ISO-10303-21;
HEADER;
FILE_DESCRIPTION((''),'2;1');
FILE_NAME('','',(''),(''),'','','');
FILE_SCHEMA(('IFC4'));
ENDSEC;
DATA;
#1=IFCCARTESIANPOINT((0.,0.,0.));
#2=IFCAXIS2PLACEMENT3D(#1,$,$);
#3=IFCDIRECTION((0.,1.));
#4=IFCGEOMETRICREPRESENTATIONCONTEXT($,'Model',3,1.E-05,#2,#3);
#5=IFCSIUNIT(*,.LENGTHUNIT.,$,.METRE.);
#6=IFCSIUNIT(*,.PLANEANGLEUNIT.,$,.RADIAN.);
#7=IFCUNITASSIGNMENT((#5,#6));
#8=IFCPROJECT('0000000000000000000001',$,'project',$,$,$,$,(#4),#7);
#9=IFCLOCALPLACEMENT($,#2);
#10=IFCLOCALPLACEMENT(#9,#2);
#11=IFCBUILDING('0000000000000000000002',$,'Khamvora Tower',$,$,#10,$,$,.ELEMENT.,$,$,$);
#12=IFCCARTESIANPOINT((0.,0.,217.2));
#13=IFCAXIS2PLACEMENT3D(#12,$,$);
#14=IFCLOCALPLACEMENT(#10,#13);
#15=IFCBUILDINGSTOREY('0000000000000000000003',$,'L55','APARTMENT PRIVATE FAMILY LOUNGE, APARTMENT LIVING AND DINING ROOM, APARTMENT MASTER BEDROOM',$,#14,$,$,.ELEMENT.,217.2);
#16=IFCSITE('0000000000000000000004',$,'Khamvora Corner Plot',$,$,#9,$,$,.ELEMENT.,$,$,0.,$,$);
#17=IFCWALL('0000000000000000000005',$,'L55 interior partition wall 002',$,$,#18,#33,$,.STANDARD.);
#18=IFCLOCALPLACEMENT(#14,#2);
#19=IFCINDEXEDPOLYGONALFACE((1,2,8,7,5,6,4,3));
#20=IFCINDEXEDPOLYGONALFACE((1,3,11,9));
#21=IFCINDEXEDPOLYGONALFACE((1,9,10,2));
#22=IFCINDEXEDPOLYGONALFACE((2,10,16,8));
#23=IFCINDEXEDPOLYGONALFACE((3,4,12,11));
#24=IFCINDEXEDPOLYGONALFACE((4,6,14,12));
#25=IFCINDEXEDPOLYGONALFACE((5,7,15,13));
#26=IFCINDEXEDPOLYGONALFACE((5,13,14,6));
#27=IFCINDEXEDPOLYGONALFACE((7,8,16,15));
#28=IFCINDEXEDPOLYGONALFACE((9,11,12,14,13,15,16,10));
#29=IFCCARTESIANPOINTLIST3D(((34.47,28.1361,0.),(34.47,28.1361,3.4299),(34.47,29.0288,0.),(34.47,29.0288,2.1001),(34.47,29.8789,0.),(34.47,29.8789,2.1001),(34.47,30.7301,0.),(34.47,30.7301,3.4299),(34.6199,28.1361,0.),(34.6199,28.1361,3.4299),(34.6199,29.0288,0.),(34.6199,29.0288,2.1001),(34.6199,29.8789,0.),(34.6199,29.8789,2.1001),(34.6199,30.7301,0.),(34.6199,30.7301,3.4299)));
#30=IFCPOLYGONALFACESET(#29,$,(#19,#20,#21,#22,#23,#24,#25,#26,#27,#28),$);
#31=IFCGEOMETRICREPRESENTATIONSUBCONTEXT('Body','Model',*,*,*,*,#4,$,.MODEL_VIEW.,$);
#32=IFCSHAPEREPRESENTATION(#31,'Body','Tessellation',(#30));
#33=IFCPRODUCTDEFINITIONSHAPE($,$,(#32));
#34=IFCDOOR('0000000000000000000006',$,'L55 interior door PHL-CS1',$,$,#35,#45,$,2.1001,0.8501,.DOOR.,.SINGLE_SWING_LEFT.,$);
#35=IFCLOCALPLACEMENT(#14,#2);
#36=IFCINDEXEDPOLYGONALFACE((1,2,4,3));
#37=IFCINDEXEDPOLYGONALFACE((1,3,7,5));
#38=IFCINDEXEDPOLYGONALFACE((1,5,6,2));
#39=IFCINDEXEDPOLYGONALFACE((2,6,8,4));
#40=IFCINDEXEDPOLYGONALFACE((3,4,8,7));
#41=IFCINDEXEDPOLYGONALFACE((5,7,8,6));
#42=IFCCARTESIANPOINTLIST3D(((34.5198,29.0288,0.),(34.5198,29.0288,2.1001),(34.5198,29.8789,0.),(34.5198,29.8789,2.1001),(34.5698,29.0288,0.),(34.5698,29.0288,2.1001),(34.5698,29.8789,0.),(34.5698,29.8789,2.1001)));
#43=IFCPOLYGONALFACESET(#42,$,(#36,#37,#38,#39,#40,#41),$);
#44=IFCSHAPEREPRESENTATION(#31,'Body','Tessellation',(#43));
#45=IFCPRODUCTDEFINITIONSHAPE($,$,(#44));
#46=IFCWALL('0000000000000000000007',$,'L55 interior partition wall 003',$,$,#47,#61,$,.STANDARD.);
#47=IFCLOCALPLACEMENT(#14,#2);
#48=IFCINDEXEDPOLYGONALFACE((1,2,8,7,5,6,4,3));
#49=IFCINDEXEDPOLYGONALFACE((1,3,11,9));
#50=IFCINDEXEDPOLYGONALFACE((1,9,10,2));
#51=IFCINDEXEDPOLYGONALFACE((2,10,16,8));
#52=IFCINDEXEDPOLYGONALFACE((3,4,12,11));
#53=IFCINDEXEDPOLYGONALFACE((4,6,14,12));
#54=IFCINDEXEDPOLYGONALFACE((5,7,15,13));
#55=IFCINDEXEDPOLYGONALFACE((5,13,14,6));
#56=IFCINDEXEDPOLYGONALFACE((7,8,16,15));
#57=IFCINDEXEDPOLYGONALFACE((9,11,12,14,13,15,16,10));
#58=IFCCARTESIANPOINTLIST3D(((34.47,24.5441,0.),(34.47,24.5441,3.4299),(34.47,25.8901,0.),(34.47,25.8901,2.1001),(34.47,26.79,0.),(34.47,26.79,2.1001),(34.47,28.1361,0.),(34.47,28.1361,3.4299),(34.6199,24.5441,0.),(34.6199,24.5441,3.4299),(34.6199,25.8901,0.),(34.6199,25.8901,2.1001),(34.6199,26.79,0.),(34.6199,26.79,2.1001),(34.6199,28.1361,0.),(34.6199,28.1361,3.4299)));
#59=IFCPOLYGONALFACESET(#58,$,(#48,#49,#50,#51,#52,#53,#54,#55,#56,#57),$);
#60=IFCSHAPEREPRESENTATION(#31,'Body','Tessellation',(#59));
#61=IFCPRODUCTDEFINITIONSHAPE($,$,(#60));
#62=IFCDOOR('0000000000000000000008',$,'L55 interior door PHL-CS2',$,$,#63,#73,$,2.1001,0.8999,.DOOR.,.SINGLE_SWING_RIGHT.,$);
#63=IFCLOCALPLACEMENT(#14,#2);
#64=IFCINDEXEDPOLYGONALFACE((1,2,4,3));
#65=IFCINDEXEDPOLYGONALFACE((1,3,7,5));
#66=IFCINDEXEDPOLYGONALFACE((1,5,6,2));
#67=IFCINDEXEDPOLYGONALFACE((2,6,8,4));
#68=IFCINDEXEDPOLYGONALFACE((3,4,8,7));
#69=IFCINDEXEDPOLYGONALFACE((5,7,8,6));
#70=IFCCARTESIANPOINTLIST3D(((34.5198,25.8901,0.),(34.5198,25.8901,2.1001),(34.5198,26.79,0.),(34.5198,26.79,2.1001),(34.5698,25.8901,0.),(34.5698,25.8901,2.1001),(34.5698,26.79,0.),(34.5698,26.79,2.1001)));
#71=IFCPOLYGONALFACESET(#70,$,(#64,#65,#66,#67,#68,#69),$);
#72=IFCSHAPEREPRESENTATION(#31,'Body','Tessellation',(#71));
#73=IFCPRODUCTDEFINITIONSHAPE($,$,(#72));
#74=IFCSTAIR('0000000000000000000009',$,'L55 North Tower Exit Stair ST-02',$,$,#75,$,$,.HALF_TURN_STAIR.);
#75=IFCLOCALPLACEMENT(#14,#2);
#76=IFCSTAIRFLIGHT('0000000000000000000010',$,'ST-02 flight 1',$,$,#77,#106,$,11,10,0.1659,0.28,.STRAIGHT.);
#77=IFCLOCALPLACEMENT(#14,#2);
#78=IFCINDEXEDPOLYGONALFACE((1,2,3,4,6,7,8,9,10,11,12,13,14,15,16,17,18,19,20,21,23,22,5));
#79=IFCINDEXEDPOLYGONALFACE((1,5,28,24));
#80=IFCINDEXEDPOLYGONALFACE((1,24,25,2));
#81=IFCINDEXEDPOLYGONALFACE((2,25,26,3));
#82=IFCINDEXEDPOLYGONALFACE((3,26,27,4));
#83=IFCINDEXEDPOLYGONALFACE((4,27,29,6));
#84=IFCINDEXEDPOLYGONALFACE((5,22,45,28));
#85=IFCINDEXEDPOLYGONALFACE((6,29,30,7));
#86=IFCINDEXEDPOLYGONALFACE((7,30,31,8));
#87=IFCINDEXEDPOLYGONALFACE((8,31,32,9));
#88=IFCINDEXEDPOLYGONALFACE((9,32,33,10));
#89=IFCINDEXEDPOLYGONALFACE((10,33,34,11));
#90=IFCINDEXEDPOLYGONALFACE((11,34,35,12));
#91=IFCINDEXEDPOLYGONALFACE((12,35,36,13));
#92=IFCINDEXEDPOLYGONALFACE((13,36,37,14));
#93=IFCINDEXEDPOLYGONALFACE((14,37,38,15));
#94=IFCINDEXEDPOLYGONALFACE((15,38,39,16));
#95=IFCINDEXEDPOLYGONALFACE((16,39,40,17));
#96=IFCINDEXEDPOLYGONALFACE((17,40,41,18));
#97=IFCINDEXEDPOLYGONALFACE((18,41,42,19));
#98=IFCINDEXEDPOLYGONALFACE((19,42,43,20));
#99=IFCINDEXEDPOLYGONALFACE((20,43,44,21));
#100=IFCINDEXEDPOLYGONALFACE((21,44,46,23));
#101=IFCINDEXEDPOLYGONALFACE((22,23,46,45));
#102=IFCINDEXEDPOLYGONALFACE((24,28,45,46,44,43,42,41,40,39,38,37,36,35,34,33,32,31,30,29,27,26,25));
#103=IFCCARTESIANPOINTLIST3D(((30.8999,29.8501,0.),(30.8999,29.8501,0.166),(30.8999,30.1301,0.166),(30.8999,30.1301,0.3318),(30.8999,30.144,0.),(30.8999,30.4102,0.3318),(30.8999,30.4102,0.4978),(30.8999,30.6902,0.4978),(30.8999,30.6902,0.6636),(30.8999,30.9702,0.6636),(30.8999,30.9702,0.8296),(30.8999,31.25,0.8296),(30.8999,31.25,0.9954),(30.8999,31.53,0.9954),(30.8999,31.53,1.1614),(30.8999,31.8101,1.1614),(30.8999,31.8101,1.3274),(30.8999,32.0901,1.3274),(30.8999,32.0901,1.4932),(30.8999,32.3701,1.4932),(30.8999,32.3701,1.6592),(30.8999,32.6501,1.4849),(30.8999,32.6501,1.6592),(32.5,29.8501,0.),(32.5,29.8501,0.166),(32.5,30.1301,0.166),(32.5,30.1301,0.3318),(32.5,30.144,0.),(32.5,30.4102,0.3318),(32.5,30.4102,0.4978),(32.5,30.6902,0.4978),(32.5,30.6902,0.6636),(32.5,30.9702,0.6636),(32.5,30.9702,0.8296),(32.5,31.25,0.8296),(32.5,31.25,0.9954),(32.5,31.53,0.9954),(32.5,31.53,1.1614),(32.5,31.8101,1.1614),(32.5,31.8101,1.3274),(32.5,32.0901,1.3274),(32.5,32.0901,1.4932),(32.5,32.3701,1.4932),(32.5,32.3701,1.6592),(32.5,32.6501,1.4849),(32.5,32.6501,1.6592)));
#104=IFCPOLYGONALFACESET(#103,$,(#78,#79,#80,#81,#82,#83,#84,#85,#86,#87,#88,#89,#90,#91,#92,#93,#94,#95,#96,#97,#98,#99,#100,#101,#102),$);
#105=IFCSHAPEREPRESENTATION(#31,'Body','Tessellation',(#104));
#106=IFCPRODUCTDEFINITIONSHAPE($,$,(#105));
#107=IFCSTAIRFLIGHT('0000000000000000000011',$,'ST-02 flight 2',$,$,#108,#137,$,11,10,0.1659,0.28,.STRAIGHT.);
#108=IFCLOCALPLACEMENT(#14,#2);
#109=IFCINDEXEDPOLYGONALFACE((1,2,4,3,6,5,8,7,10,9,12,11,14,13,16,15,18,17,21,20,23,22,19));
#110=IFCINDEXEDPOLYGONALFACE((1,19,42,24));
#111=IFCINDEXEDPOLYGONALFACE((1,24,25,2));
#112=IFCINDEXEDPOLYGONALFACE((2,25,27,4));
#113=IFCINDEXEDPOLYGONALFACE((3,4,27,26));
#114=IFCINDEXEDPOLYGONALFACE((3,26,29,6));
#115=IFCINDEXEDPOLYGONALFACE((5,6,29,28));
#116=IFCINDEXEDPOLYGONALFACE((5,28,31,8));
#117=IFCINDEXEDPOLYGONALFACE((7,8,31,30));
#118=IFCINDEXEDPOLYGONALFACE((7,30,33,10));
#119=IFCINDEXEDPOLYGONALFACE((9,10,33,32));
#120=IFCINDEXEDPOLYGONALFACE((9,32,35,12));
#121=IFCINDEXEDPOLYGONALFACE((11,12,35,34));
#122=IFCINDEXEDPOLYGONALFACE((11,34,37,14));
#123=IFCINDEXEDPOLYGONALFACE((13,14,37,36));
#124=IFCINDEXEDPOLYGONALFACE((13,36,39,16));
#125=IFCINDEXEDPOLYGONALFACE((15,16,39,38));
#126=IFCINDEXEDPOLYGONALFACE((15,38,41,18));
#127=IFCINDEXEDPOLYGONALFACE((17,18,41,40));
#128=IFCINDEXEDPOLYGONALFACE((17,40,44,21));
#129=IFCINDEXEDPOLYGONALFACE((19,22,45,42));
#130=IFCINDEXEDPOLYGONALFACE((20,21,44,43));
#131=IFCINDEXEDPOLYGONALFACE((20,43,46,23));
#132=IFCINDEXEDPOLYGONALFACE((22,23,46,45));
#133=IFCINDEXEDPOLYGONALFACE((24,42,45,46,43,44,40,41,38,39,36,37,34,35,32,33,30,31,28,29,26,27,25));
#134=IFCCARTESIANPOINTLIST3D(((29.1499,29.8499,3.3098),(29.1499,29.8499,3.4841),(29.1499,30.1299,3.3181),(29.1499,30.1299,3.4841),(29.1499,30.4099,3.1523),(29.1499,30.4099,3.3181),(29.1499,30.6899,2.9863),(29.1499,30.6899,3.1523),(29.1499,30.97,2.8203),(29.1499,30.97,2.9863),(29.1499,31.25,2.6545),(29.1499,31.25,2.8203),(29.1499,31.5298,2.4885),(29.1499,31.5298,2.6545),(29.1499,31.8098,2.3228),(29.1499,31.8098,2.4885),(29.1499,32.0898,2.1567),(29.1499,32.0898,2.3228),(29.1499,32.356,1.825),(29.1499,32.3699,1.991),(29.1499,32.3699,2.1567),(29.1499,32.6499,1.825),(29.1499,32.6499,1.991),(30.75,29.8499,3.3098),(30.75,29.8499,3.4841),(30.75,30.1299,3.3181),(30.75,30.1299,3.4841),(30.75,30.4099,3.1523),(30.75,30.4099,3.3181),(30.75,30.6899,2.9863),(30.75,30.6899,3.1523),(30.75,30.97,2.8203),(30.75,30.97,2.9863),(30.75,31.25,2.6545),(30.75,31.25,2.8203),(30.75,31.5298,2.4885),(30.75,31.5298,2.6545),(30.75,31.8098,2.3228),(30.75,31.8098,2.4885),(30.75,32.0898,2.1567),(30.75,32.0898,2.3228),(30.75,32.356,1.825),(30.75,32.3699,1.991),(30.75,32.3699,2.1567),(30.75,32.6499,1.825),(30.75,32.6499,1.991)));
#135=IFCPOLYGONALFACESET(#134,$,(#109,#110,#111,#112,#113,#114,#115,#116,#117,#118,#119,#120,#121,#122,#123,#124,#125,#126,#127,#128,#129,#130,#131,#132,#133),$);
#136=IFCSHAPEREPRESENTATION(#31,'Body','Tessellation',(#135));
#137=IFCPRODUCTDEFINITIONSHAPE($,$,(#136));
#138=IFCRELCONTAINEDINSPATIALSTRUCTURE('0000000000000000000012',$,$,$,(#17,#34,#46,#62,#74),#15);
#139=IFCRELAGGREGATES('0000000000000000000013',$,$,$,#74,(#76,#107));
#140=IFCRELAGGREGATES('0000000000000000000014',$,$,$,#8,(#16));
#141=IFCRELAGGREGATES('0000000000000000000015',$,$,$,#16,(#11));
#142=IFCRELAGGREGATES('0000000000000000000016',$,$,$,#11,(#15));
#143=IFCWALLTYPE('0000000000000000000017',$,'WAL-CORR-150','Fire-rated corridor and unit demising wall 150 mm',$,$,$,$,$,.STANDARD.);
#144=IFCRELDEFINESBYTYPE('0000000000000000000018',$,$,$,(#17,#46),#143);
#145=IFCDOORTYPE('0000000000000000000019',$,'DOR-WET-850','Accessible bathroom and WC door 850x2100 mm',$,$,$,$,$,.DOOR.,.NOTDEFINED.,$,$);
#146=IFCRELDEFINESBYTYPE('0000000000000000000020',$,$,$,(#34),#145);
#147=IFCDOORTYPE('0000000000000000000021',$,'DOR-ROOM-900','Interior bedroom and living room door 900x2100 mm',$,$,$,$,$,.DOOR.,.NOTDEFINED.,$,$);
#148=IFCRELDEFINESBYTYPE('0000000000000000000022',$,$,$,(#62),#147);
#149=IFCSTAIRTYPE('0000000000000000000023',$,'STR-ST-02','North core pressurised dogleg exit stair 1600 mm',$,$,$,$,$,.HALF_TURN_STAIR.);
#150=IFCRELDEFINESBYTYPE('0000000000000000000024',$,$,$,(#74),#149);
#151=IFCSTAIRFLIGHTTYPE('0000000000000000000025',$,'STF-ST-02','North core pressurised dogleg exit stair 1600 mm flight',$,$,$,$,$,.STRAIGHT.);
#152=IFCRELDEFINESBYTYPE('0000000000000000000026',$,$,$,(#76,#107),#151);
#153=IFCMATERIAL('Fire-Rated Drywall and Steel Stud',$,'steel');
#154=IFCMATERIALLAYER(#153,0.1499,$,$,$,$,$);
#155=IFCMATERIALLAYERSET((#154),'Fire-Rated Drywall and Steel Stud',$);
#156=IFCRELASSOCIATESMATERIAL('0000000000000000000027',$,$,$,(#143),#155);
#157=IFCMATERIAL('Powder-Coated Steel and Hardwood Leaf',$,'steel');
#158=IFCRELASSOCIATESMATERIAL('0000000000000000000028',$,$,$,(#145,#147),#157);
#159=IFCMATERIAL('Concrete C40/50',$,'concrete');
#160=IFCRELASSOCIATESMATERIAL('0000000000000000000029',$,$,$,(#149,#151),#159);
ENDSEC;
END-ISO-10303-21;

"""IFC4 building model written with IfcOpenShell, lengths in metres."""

from ifc_helpers import new_model, si_unit, direction, frame, frame_2d, origin, place, context, subcontext, project, spatial, polyline, rectangle, outline, extrude, material, layer, layer_set, type_object, element, fill, aggregate, save


model = new_model("IFC4")

# Units and contexts
model_context = context("Model", 3, precision=1e-05, world=origin(), true_north=direction((0.0, 1.0)))
body_context = subcontext(model_context, "Body", "Model", "MODEL_VIEW")
ifc_project = project(units=[si_unit("LENGTHUNIT", "METRE"), si_unit("PLANEANGLEUNIT", "RADIAN")], contexts=[model_context])

# Site, building, storey
site_placement = place(None, origin())
site = spatial("IfcSite", under=ifc_project, at=site_placement, Name="Khamvora Corner Plot", CompositionType="ELEMENT", RefElevation=0.0)
building_placement = place(site_placement, origin())
building = spatial("IfcBuilding", under=site, at=building_placement, Name="Khamvora Tower", CompositionType="ELEMENT")
storey_placement = place(building_placement, frame((0.0, 0.0, 217.2)))
storey = spatial("IfcBuildingStorey", under=building, at=storey_placement, Name="L55", Description="APARTMENT PRIVATE FAMILY LOUNGE, APARTMENT LIVING AND DINING ROOM, APARTMENT MASTER BEDROOM", CompositionType="ELEMENT", Elevation=217.2)

# Shared definitions
ifc_material_1 = material(Name="Powder-Coated Steel and Hardwood Leaf", Category="steel")

# Shared definitions
ifc_material_2 = material(Name="Fire-Rated Drywall and Steel Stud", Category="steel")
ifc_layer_1 = layer(ifc_material_2, 0.1499)
ifc_layer_set_1 = layer_set([ifc_layer_1], Name="Fire-Rated Drywall and Steel Stud")
wall_type_1 = type_object("IfcWallType", Name="WAL-CORR-150", Description="Fire-rated corridor and unit demising wall 150 mm", PredefinedType="STANDARD", material=ifc_layer_set_1)

# Walls, openings, doors
wall_1_placement = place(storey_placement, frame((34.5449, 30.73, 0.0), z_axis=(0.0, 0.0, 1.0), x_axis=(0.0, -1.0, 0.0)))
wall_1 = element("IfcWall", 1, at=wall_1_placement, inside=storey, type_object=wall_type_1, Name="L55 interior partition wall 002", PredefinedType="STANDARD", context=body_context, shape_type="SweptSolid", body=[
    extrude(rectangle(XDim=2.594, YDim=0.1499, at=frame_2d((1.2969, 0.0))), origin(), (0.0, 0.0, 1.0), 3.4299),
])
opening_1_placement = place(wall_1_placement, frame((0.8511, 0.0, 0.0)))
opening_1 = element("IfcOpeningElement", 2, at=opening_1_placement, cuts=wall_1, PredefinedType="OPENING", context=body_context, shape_type="SweptSolid", body=[
    extrude(rectangle(XDim=0.8501, YDim=2.1001, at=frame_2d((0.425, 1.05))), frame((0.0, 0.085, 0.0), z_axis=(0.0, -1.0, 0.0), x_axis=(1.0, 0.0, 0.0)), (0.0, 0.0, 1.0), 0.1699),
])
door_type_1 = type_object("IfcDoorType", Name="DOR-WET-850", Description="Accessible bathroom and WC door 850x2100 mm", OperationType="NOTDEFINED", PredefinedType="DOOR", material=ifc_material_1)
door_1_placement = place(opening_1_placement, origin())
door_1 = element("IfcDoor", 3, at=door_1_placement, inside=storey, type_object=door_type_1, Name="L55 interior door PHL-CS1", OperationType="SINGLE_SWING_LEFT", OverallHeight=2.1001, OverallWidth=0.8501, PredefinedType="DOOR", context=body_context, shape_type="SweptSolid", body=[
    extrude(rectangle(XDim=0.8501, YDim=2.1001, at=frame_2d((0.425, 1.05))), frame((0.0, 0.0249, 0.0), z_axis=(0.0, -1.0, 0.0), x_axis=(1.0, 0.0, 0.0)), (0.0, 0.0, 1.0), 0.05),
])
fill(opening_1, door_1)
wall_2_placement = place(storey_placement, frame((34.5449, 28.136, 0.0), z_axis=(0.0, 0.0, 1.0), x_axis=(0.0, -1.0, 0.0)))
wall_2 = element("IfcWall", 4, at=wall_2_placement, inside=storey, type_object=wall_type_1, Name="L55 interior partition wall 003", PredefinedType="STANDARD", context=body_context, shape_type="SweptSolid", body=[
    extrude(rectangle(XDim=3.592, YDim=0.1499, at=frame_2d((1.7959, 0.0))), origin(), (0.0, 0.0, 1.0), 3.4299),
])
opening_2_placement = place(wall_2_placement, frame((1.3459, 0.0, 0.0)))
opening_2 = element("IfcOpeningElement", 5, at=opening_2_placement, cuts=wall_2, PredefinedType="OPENING", context=body_context, shape_type="SweptSolid", body=[
    extrude(rectangle(XDim=0.8999, YDim=2.1001, at=frame_2d((0.45, 1.05))), frame((0.0, 0.085, 0.0), z_axis=(0.0, -1.0, 0.0), x_axis=(1.0, 0.0, 0.0)), (0.0, 0.0, 1.0), 0.1699),
])
door_type_2 = type_object("IfcDoorType", Name="DOR-ROOM-900", Description="Interior bedroom and living room door 900x2100 mm", OperationType="NOTDEFINED", PredefinedType="DOOR", material=ifc_material_1)
door_2_placement = place(opening_2_placement, origin())
door_2 = element("IfcDoor", 6, at=door_2_placement, inside=storey, type_object=door_type_2, Name="L55 interior door PHL-CS2", OperationType="SINGLE_SWING_RIGHT", OverallHeight=2.1001, OverallWidth=0.8999, PredefinedType="DOOR", context=body_context, shape_type="SweptSolid", body=[
    extrude(rectangle(XDim=0.8999, YDim=2.1001, at=frame_2d((0.45, 1.05))), frame((0.0, 0.0249, 0.0), z_axis=(0.0, -1.0, 0.0), x_axis=(1.0, 0.0, 0.0)), (0.0, 0.0, 1.0), 0.05),
])
fill(opening_2, door_2)

# Stair, stair flights
ifc_material_3 = material(Name="Concrete C40/50", Category="concrete")
stair_type = type_object("IfcStairType", Name="STR-ST-02", Description="North core pressurised dogleg exit stair 1600 mm", PredefinedType="HALF_TURN_STAIR", material=ifc_material_3)
stair_placement = place(storey_placement, origin())
stair = element("IfcStair", 7, at=stair_placement, inside=storey, type_object=stair_type, Name="L55 North Tower Exit Stair ST-02", PredefinedType="HALF_TURN_STAIR")
stair_flight_type = type_object("IfcStairFlightType", Name="STF-ST-02", Description="North core pressurised dogleg exit stair 1600 mm flight", PredefinedType="STRAIGHT", material=ifc_material_3)
stair_flight_1_placement = place(storey_placement, frame((31.7, 29.8501, 0.0), z_axis=(0.0, 0.0, 1.0), x_axis=(0.0, 1.0, 0.0)))
stair_flight_1 = element("IfcStairFlight", 8, at=stair_flight_1_placement, type_object=stair_flight_type, Name="ST-02 flight 1", NumberOfRisers=11, NumberOfTreads=10, PredefinedType="STRAIGHT", RiserHeight=0.1659, TreadLength=0.28, context=body_context, shape_type="SweptSolid", body=[
    extrude(outline(polyline([(0.0, 0.0), (0.0, 0.166), (0.28, 0.166), (0.28, 0.3318), (0.5601, 0.3318), (0.5601, 0.4978), (0.8401, 0.4978), (0.8401, 0.6636), (1.1201, 0.6636), (1.1201, 0.8296), (1.3999, 0.8296), (1.3999, 0.9954), (1.6799, 0.9954), (1.6799, 1.1614), (1.96, 1.1614), (1.96, 1.3274), (2.24, 1.3274), (2.24, 1.4932), (2.52, 1.4932), (2.52, 1.6592), (2.8, 1.6592), (2.8, 1.825), (2.8, 1.4849), (0.2939, 0.0), (0.0, 0.0)])), frame((0.0, 0.8, 0.0), z_axis=(0.0, -1.0, 0.0), x_axis=(1.0, 0.0, 0.0)), (0.0, 0.0, 1.0), 1.6001),
])
stair_flight_2_placement = place(storey_placement, frame((29.95, 32.6499, 1.825), z_axis=(0.0, 0.0, 1.0), x_axis=(0.0, -1.0, 0.0)))
stair_flight_2 = element("IfcStairFlight", 9, at=stair_flight_2_placement, type_object=stair_flight_type, Name="ST-02 flight 2", NumberOfRisers=11, NumberOfTreads=10, PredefinedType="STRAIGHT", RiserHeight=0.1659, TreadLength=0.28, context=body_context, shape_type="SweptSolid", body=[
    extrude(outline(polyline([(0.0, 0.0), (0.0, 0.166), (0.28, 0.166), (0.28, 0.3318), (0.5601, 0.3318), (0.5601, 0.4978), (0.8401, 0.4978), (0.8401, 0.6636), (1.1201, 0.6636), (1.1201, 0.8296), (1.3999, 0.8296), (1.3999, 0.9954), (1.6799, 0.9954), (1.6799, 1.1614), (1.96, 1.1614), (1.96, 1.3274), (2.24, 1.3274), (2.24, 1.4932), (2.52, 1.4932), (2.52, 1.6592), (2.8, 1.6592), (2.8, 1.825), (2.8, 1.4849), (0.2939, 0.0), (0.0, 0.0)])), frame((0.0, 0.8, 0.0), z_axis=(0.0, -1.0, 0.0), x_axis=(1.0, 0.0, 0.0)), (0.0, 0.0, 1.0), 1.6001),
])
aggregate(stair, [stair_flight_1, stair_flight_2])

save(model, "model.ifc")
